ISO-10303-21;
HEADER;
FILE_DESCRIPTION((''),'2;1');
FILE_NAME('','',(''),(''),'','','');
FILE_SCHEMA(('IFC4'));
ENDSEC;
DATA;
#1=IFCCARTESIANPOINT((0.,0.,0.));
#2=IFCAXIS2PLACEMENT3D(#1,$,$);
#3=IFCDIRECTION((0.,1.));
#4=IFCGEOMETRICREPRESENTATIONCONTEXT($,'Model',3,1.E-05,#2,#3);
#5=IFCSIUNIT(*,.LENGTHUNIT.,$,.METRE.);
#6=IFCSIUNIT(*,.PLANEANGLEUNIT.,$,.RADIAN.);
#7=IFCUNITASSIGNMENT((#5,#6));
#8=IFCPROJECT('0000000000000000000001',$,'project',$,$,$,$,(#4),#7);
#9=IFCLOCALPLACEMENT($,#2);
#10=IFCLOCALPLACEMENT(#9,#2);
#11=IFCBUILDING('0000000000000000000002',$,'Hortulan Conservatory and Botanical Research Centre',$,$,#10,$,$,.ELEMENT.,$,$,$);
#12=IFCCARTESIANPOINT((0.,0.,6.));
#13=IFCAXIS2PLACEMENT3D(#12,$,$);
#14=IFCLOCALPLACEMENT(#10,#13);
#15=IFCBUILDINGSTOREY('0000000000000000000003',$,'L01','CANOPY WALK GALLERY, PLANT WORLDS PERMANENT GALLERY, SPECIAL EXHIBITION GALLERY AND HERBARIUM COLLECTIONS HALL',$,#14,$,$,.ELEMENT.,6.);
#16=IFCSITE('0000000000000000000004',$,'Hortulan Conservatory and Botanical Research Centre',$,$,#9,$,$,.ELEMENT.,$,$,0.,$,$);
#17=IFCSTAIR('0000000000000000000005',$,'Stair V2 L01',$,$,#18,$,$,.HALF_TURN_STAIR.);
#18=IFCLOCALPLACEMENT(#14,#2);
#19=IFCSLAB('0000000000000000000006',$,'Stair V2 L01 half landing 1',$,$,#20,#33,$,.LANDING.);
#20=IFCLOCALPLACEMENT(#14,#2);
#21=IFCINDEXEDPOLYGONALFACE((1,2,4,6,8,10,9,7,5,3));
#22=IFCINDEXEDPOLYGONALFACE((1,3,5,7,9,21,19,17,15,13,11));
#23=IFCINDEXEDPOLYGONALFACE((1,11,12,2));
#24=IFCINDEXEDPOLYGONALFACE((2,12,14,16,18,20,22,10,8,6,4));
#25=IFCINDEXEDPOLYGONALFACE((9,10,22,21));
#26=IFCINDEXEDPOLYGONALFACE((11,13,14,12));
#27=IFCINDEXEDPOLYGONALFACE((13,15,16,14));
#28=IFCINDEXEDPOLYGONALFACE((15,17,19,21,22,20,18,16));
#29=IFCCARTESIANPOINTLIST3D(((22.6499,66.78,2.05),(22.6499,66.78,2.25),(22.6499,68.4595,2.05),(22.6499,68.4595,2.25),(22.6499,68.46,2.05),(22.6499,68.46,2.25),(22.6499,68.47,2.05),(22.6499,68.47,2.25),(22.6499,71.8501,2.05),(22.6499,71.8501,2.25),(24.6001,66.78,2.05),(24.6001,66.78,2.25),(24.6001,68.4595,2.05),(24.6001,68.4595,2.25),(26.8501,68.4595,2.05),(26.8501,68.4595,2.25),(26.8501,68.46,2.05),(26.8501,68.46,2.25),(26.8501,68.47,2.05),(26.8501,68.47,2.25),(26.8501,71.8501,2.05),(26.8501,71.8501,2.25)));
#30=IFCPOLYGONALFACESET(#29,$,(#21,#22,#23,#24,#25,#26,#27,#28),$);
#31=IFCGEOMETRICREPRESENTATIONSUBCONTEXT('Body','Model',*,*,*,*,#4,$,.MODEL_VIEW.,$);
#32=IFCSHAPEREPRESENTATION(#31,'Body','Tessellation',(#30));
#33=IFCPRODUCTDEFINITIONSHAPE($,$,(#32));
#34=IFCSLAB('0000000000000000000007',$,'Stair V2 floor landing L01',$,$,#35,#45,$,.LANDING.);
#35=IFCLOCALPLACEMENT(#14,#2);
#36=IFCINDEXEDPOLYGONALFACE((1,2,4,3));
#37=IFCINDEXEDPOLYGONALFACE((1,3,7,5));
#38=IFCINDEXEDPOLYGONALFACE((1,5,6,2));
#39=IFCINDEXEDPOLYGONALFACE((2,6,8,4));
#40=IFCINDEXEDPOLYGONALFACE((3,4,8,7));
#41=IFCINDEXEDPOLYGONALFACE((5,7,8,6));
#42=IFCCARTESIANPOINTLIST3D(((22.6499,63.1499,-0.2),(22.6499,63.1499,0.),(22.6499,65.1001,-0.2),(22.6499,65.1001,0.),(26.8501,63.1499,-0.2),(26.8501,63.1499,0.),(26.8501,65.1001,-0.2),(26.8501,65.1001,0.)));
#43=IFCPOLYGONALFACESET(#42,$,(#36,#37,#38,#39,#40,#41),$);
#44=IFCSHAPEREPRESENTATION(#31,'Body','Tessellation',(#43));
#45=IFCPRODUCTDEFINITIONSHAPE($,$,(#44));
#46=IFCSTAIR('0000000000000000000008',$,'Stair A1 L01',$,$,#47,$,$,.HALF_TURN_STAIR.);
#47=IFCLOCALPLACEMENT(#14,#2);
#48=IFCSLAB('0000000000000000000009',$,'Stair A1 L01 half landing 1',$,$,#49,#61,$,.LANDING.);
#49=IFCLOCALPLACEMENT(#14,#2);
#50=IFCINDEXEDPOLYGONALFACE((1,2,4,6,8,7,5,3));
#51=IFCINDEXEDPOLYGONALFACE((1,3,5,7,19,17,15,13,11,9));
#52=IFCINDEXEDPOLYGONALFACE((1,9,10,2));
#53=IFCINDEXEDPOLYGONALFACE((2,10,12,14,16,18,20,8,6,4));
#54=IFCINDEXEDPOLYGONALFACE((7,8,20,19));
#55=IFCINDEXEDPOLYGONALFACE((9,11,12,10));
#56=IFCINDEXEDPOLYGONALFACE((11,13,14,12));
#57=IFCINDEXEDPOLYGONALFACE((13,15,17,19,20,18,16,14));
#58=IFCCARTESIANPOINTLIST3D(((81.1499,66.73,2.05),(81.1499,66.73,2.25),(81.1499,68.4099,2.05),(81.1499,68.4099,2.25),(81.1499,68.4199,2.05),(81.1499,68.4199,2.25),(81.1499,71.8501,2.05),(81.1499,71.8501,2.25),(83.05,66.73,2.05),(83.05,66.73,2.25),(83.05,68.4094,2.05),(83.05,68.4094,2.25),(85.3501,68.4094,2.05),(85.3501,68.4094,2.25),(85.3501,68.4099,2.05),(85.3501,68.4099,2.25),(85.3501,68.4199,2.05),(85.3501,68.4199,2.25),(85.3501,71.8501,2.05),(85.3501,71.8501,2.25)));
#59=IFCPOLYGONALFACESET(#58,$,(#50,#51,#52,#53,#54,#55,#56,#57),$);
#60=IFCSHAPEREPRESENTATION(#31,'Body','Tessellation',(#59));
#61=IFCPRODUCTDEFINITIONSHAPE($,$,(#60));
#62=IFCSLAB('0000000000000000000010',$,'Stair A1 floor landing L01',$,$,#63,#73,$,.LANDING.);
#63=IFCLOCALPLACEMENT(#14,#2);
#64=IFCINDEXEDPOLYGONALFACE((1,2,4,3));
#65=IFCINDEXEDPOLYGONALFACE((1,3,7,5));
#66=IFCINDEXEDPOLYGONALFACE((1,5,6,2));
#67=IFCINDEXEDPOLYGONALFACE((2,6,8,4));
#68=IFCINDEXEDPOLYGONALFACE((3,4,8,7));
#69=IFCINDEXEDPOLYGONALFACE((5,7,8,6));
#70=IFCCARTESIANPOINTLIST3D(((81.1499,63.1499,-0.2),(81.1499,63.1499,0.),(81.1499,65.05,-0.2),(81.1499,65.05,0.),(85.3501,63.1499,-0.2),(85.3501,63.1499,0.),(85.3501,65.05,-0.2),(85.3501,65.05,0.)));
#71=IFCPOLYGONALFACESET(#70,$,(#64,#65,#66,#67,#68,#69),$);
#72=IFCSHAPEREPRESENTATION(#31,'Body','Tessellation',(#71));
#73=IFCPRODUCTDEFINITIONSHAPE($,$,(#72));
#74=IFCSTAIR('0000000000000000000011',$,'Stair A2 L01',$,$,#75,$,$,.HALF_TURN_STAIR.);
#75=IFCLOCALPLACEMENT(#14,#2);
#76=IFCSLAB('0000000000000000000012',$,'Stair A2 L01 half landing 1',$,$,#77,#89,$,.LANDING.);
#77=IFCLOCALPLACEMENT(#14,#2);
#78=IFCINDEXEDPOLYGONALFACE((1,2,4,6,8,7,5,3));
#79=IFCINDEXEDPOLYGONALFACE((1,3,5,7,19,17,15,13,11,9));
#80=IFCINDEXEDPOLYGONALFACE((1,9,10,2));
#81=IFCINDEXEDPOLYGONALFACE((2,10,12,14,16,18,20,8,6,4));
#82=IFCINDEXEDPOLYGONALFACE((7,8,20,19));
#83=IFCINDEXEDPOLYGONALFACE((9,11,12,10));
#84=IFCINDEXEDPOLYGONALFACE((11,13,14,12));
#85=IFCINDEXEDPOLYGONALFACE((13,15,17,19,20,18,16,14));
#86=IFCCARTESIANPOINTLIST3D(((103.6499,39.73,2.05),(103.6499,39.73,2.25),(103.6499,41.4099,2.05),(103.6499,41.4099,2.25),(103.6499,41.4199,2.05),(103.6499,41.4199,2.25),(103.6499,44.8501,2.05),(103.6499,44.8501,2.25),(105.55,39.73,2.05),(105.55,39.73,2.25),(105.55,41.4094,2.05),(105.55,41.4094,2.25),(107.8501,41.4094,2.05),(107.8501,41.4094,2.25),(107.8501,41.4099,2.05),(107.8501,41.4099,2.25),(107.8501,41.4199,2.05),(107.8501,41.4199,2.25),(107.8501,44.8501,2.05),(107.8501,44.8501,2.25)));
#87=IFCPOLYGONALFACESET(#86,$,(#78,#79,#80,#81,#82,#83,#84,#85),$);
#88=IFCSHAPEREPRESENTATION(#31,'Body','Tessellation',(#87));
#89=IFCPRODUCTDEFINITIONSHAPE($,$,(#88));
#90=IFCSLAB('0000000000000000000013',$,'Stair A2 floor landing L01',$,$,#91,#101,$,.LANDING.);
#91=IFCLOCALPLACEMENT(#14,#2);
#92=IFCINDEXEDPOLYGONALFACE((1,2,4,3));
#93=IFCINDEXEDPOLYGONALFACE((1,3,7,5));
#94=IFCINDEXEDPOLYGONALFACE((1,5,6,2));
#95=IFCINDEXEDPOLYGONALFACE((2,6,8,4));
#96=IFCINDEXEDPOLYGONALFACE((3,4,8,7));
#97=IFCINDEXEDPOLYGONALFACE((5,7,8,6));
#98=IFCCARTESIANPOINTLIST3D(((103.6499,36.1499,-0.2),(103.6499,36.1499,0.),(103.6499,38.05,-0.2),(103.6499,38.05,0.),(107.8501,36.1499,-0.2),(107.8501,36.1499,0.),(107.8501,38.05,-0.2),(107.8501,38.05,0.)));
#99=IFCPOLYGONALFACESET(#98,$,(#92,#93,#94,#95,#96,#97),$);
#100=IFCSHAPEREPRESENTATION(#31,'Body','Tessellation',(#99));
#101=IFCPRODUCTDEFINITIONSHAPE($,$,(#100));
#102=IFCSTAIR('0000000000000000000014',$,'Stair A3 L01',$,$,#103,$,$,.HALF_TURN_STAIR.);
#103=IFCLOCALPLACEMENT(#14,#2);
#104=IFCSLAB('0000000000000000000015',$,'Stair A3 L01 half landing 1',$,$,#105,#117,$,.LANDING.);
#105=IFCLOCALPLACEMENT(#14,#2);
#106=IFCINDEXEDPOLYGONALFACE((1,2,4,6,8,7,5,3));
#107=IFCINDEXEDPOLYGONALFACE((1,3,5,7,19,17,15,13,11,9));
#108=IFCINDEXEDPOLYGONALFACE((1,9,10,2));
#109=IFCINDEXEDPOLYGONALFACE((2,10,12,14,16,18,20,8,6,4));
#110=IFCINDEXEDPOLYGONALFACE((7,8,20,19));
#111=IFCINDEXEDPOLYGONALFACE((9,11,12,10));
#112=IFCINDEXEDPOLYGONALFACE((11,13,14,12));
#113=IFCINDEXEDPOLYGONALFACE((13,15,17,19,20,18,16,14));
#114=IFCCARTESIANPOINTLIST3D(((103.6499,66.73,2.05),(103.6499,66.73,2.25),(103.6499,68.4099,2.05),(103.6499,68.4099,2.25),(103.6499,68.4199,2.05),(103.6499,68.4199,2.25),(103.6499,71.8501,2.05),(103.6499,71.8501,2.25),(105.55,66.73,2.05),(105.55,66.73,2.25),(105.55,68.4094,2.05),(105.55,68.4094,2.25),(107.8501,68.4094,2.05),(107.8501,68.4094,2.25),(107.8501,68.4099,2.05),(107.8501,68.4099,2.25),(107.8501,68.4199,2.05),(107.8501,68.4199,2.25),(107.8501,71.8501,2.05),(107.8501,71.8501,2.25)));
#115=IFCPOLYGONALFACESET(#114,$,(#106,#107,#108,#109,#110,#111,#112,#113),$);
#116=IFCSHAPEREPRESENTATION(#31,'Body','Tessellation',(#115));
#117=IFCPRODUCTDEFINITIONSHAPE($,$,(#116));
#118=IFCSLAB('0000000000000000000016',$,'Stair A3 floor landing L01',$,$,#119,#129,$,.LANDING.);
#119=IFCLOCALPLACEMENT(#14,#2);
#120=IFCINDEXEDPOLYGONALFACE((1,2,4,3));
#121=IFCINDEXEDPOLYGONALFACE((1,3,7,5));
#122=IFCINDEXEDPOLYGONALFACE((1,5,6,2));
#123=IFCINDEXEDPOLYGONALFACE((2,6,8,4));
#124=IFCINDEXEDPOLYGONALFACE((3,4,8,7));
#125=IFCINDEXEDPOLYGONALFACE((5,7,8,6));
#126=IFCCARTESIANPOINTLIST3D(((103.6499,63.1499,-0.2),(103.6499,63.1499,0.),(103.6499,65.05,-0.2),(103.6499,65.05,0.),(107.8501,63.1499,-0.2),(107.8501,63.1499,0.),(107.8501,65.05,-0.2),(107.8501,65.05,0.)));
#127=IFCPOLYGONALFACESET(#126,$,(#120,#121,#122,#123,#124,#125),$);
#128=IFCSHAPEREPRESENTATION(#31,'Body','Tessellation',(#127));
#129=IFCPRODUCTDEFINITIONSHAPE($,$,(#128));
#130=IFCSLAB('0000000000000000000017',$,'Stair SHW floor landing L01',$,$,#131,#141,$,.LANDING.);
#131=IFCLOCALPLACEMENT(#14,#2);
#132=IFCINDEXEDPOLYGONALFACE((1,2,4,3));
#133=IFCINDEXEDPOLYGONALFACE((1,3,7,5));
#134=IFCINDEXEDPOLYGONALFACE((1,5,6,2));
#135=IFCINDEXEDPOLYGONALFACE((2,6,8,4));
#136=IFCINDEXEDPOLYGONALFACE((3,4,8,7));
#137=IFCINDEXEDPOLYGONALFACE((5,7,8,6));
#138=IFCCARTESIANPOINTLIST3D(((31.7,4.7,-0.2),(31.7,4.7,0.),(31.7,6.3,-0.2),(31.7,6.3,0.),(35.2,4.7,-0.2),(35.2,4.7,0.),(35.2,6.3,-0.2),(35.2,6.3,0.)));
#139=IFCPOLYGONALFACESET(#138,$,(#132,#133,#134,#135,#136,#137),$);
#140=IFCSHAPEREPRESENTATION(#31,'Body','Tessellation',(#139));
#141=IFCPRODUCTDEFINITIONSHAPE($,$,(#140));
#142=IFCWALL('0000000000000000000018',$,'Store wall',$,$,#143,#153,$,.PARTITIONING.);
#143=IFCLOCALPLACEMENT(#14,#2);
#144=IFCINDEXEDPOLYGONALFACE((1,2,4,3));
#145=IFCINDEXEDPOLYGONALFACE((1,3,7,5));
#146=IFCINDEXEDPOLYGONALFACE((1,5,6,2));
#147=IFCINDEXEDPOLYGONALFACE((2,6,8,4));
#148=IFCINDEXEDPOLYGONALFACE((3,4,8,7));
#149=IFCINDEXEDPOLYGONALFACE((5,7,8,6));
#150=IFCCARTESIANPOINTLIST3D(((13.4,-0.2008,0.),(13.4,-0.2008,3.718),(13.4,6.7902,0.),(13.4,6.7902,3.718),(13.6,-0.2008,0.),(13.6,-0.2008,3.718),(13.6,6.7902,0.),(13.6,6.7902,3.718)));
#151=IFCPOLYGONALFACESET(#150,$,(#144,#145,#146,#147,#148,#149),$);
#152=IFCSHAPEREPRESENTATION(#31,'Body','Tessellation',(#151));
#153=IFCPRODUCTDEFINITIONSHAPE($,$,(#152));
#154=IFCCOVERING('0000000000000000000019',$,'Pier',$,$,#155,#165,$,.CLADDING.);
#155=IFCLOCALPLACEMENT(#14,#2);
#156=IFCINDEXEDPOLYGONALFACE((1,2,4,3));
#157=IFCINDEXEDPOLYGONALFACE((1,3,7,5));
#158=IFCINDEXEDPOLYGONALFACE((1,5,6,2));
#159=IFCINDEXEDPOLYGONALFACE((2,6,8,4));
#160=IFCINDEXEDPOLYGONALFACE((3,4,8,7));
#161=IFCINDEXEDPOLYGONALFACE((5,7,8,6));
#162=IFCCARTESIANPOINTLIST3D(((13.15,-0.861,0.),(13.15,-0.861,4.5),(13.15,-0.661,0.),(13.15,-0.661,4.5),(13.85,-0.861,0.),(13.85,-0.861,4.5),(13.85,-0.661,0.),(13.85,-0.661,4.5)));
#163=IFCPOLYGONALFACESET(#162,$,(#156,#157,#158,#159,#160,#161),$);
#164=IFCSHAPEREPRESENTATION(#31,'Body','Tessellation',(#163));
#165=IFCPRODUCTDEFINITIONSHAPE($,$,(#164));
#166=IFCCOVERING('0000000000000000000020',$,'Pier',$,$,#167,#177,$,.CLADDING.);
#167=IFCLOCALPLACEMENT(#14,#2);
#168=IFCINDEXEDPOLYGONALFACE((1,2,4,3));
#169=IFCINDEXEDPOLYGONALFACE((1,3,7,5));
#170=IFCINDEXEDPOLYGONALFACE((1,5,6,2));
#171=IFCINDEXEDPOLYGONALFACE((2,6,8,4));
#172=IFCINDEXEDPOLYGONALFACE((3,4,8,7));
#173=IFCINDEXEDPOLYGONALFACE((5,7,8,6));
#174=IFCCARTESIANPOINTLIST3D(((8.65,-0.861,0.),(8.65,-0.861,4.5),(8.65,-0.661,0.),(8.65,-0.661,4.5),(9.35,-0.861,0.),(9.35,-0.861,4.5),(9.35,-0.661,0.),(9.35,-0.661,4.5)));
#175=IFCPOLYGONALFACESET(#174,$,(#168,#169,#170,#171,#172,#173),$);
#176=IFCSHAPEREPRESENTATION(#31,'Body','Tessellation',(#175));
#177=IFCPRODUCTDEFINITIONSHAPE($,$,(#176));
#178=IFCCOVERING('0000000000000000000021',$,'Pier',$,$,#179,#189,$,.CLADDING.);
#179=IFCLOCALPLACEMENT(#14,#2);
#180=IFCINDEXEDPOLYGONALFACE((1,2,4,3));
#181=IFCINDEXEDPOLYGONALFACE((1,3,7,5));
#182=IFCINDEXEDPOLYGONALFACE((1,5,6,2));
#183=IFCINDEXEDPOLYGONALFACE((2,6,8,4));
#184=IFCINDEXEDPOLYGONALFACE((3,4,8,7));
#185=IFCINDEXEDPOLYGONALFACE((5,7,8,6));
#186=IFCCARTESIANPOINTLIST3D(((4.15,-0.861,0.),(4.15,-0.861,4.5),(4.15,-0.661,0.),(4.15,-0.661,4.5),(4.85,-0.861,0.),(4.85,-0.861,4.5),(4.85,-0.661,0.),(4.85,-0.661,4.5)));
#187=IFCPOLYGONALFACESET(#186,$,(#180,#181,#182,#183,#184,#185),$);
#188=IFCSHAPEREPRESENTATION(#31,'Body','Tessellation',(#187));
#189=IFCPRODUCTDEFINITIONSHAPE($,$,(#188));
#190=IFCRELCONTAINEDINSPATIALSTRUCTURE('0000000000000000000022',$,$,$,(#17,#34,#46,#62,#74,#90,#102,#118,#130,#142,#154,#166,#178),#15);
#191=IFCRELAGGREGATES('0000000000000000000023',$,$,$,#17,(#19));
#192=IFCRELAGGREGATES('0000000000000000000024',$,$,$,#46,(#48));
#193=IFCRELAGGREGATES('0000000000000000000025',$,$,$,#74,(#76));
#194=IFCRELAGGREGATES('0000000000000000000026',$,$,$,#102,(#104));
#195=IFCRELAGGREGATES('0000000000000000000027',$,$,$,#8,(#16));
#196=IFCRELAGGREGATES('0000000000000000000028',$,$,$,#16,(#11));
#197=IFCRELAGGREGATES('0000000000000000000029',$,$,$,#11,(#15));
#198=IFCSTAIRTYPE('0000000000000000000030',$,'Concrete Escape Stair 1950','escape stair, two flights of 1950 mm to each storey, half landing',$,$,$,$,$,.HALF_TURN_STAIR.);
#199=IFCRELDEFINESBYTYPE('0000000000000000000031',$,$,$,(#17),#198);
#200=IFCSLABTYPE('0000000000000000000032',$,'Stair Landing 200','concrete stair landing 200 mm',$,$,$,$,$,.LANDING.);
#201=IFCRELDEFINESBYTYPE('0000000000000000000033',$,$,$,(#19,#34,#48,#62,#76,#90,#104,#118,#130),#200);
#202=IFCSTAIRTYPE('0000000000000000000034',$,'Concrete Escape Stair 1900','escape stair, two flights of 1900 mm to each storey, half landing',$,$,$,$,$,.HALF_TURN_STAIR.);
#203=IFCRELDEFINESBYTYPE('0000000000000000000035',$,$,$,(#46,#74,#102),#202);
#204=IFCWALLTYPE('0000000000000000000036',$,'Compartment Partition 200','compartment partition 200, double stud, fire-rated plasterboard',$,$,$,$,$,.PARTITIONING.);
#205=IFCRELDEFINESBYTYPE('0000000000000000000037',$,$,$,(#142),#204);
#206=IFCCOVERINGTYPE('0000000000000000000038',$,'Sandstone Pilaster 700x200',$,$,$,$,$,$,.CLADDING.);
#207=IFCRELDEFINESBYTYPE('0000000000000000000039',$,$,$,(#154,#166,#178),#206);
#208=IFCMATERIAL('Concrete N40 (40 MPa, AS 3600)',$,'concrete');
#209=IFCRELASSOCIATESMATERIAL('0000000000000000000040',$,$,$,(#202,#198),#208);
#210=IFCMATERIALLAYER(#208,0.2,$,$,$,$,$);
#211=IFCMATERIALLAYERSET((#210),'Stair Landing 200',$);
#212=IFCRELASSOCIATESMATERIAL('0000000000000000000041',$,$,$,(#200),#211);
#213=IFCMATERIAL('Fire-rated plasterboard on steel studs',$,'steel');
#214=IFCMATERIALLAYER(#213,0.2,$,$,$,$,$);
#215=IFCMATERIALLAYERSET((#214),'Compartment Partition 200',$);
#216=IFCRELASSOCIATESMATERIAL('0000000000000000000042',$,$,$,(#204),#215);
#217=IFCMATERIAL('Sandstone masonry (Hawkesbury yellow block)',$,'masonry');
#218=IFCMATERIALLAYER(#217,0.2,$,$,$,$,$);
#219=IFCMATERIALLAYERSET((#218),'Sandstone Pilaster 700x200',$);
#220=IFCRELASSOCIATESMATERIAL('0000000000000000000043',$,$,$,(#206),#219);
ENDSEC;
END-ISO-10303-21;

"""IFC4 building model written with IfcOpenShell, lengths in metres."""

from ifc_helpers import new_model, si_unit, direction, frame, frame_2d, origin, origin_2d, place, context, subcontext, project, spatial, polyline, rectangle, outline, extrude, material, layer, layer_set, type_object, element, aggregate, save


model = new_model("IFC4")

# Units and contexts
model_context = context("Model", 3, precision=1e-05, world=origin(), true_north=direction((0.0, 1.0)))
body_context = subcontext(model_context, "Body", "Model", "MODEL_VIEW")
ifc_project = project(units=[si_unit("LENGTHUNIT", "METRE"), si_unit("PLANEANGLEUNIT", "RADIAN")], contexts=[model_context])

# Site, building, storey
site_placement = place(None, origin())
site = spatial("IfcSite", under=ifc_project, at=site_placement, Name="Hortulan Conservatory and Botanical Research Centre", CompositionType="ELEMENT", RefElevation=0.0)
building_placement = place(site_placement, origin())
building = spatial("IfcBuilding", under=site, at=building_placement, Name="Hortulan Conservatory and Botanical Research Centre", CompositionType="ELEMENT")
storey_placement = place(building_placement, frame((0.0, 0.0, 6.0)))
storey = spatial("IfcBuildingStorey", under=building, at=storey_placement, Name="L01", Description="CANOPY WALK GALLERY, PLANT WORLDS PERMANENT GALLERY, SPECIAL EXHIBITION GALLERY AND HERBARIUM COLLECTIONS HALL", CompositionType="ELEMENT", Elevation=6.0)

# Shared definitions
ifc_material_1 = material(Name="Concrete N40 (40 MPa, AS 3600)", Category="concrete")
stair_type_1 = type_object("IfcStairType", Name="Concrete Escape Stair 1900", Description="escape stair, two flights of 1900 mm to each storey, half landing", PredefinedType="HALF_TURN_STAIR", material=ifc_material_1)
ifc_layer_1 = layer(ifc_material_1, 0.2)
ifc_layer_set_1 = layer_set([ifc_layer_1], Name="Stair Landing 200")
slab_type_1 = type_object("IfcSlabType", Name="Stair Landing 200", Description="concrete stair landing 200 mm", PredefinedType="LANDING", material=ifc_layer_set_1)

# Shared definitions
stair_type_2 = type_object("IfcStairType", Name="Concrete Escape Stair 1950", Description="escape stair, two flights of 1950 mm to each storey, half landing", PredefinedType="HALF_TURN_STAIR", material=ifc_material_1)

# Stair, slab
stair_1_placement = place(storey_placement, origin())
stair_1 = element("IfcStair", 1, at=stair_1_placement, inside=storey, type_object=stair_type_2, Name="Stair V2 L01", PredefinedType="HALF_TURN_STAIR")
slab_1_placement = place(storey_placement, frame((0.0, 0.0, 2.05)))
slab_1 = element("IfcSlab", 2, at=slab_1_placement, type_object=slab_type_1, Name="Stair V2 L01 half landing 1", PredefinedType="LANDING", context=body_context, shape_type="SweptSolid", body=[
    extrude(outline(polyline([(26.8501, 68.4595), (24.6001, 68.4595), (24.6001, 66.78), (22.6499, 66.78), (22.6499, 68.4595), (22.6499, 68.46), (22.6499, 68.47), (22.6499, 71.8501), (26.8501, 71.8501), (26.8501, 68.47), (26.8501, 68.46), (26.8501, 68.4595)])), origin(), (0.0, 0.0, 1.0), 0.2),
])
aggregate(stair_1, [slab_1])

# Slab
slab_2_placement = place(storey_placement, frame((0.0, 0.0, -0.2)))
element("IfcSlab", 3, at=slab_2_placement, inside=storey, type_object=slab_type_1, Name="Stair V2 floor landing L01", PredefinedType="LANDING", context=body_context, shape_type="SweptSolid", body=[
    extrude(outline(polyline([(26.8501, 63.1499), (22.6499, 63.1499), (22.6499, 65.1001), (26.8501, 65.1001), (26.8501, 63.1499)])), origin(), (0.0, 0.0, 1.0), 0.2),
])

# Stair, slab
stair_2_placement = place(storey_placement, origin())
stair_2 = element("IfcStair", 4, at=stair_2_placement, inside=storey, type_object=stair_type_1, Name="Stair A1 L01", PredefinedType="HALF_TURN_STAIR")
slab_3_placement = place(storey_placement, frame((0.0, 0.0, 2.05)))
slab_3 = element("IfcSlab", 5, at=slab_3_placement, type_object=slab_type_1, Name="Stair A1 L01 half landing 1", PredefinedType="LANDING", context=body_context, shape_type="SweptSolid", body=[
    extrude(outline(polyline([(85.3501, 68.4094), (83.05, 68.4094), (83.05, 66.73), (81.1499, 66.73), (81.1499, 68.4099), (81.1499, 68.4099), (81.1499, 68.4199), (81.1499, 71.8501), (85.3501, 71.8501), (85.3501, 68.4199), (85.3501, 68.4099), (85.3501, 68.4094)])), origin(), (0.0, 0.0, 1.0), 0.2),
])
aggregate(stair_2, [slab_3])

# Slab
slab_4_placement = place(storey_placement, frame((0.0, 0.0, -0.2)))
element("IfcSlab", 6, at=slab_4_placement, inside=storey, type_object=slab_type_1, Name="Stair A1 floor landing L01", PredefinedType="LANDING", context=body_context, shape_type="SweptSolid", body=[
    extrude(outline(polyline([(85.3501, 63.1499), (81.1499, 63.1499), (81.1499, 65.05), (85.3501, 65.05), (85.3501, 63.1499)])), origin(), (0.0, 0.0, 1.0), 0.2),
])

# Stair, slab
stair_3_placement = place(storey_placement, origin())
stair_3 = element("IfcStair", 7, at=stair_3_placement, inside=storey, type_object=stair_type_1, Name="Stair A2 L01", PredefinedType="HALF_TURN_STAIR")
slab_5_placement = place(storey_placement, frame((0.0, 0.0, 2.05)))
slab_5 = element("IfcSlab", 8, at=slab_5_placement, type_object=slab_type_1, Name="Stair A2 L01 half landing 1", PredefinedType="LANDING", context=body_context, shape_type="SweptSolid", body=[
    extrude(outline(polyline([(107.8501, 41.4094), (105.55, 41.4094), (105.55, 39.73), (103.6499, 39.73), (103.6499, 41.4099), (103.6499, 41.4099), (103.6499, 41.4199), (103.6499, 44.8501), (107.8501, 44.8501), (107.8501, 41.4199), (107.8501, 41.4099), (107.8501, 41.4094)])), origin(), (0.0, 0.0, 1.0), 0.2),
])
aggregate(stair_3, [slab_5])

# Slab
slab_6_placement = place(storey_placement, frame((0.0, 0.0, -0.2)))
element("IfcSlab", 9, at=slab_6_placement, inside=storey, type_object=slab_type_1, Name="Stair A2 floor landing L01", PredefinedType="LANDING", context=body_context, shape_type="SweptSolid", body=[
    extrude(outline(polyline([(107.8501, 36.1499), (103.6499, 36.1499), (103.6499, 38.05), (107.8501, 38.05), (107.8501, 36.1499)])), origin(), (0.0, 0.0, 1.0), 0.2),
])

# Stair, slab
stair_4_placement = place(storey_placement, origin())
stair_4 = element("IfcStair", 10, at=stair_4_placement, inside=storey, type_object=stair_type_1, Name="Stair A3 L01", PredefinedType="HALF_TURN_STAIR")
slab_7_placement = place(storey_placement, frame((0.0, 0.0, 2.05)))
slab_7 = element("IfcSlab", 11, at=slab_7_placement, type_object=slab_type_1, Name="Stair A3 L01 half landing 1", PredefinedType="LANDING", context=body_context, shape_type="SweptSolid", body=[
    extrude(outline(polyline([(107.8501, 68.4094), (105.55, 68.4094), (105.55, 66.73), (103.6499, 66.73), (103.6499, 68.4099), (103.6499, 68.4099), (103.6499, 68.4199), (103.6499, 71.8501), (107.8501, 71.8501), (107.8501, 68.4199), (107.8501, 68.4099), (107.8501, 68.4094)])), origin(), (0.0, 0.0, 1.0), 0.2),
])
aggregate(stair_4, [slab_7])

# Slabs
slab_8_placement = place(storey_placement, frame((0.0, 0.0, -0.2)))
element("IfcSlab", 12, at=slab_8_placement, inside=storey, type_object=slab_type_1, Name="Stair A3 floor landing L01", PredefinedType="LANDING", context=body_context, shape_type="SweptSolid", body=[
    extrude(outline(polyline([(107.8501, 63.1499), (103.6499, 63.1499), (103.6499, 65.05), (107.8501, 65.05), (107.8501, 63.1499)])), origin(), (0.0, 0.0, 1.0), 0.2),
])
slab_9_placement = place(storey_placement, frame((0.0, 0.0, -0.2)))
element("IfcSlab", 13, at=slab_9_placement, inside=storey, type_object=slab_type_1, Name="Stair SHW floor landing L01", PredefinedType="LANDING", context=body_context, shape_type="SweptSolid", body=[
    extrude(outline(polyline([(31.7, 4.7), (31.7, 6.3), (35.2, 6.3), (35.2, 4.7), (31.7, 4.7)])), origin(), (0.0, 0.0, 1.0), 0.2),
])

# Wall
ifc_material_2 = material(Name="Fire-rated plasterboard on steel studs", Category="steel")
ifc_layer_2 = layer(ifc_material_2, 0.2)
ifc_layer_set_2 = layer_set([ifc_layer_2], Name="Compartment Partition 200")
wall_type = type_object("IfcWallType", Name="Compartment Partition 200", Description="compartment partition 200, double stud, fire-rated plasterboard", PredefinedType="PARTITIONING", material=ifc_layer_set_2)
wall_placement = place(storey_placement, frame((13.5, -0.2009, 0.0), z_axis=(0.0, 0.0, 1.0), x_axis=(0.0, 1.0, 0.0)))
element("IfcWall", 14, at=wall_placement, inside=storey, type_object=wall_type, Name="Store wall", PredefinedType="PARTITIONING", context=body_context, shape_type="SweptSolid", body=[
    extrude(rectangle(XDim=6.991, YDim=0.2, at=frame_2d((3.4956, 0.0))), origin(), (0.0, 0.0, 1.0), 3.718),
])

# Coverings
ifc_material_3 = material(Name="Sandstone masonry (Hawkesbury yellow block)", Category="masonry")
ifc_layer_3 = layer(ifc_material_3, 0.2)
ifc_layer_set_3 = layer_set([ifc_layer_3], Name="Sandstone Pilaster 700x200")
covering_type = type_object("IfcCoveringType", Name="Sandstone Pilaster 700x200", PredefinedType="CLADDING", material=ifc_layer_set_3)
for number, where, z_axis, x_axis, name in (
    (15, (13.5, -0.761, 0.0), (0.0, 0.0, 1.0), (-1.0, 0.0, 0.0), "Pier"),
    (16, (9.0, -0.761, 0.0), (0.0, 0.0, 1.0), (-1.0, 0.0, 0.0), "Pier"),
    (17, (4.5, -0.761, 0.0), (0.0, 0.0, 1.0), (-1.0, 0.0, 0.0), "Pier"),
):
    element("IfcCovering", number, at=place(storey_placement, frame(where, z_axis=z_axis, x_axis=x_axis)), inside=storey, type_object=covering_type, Name=name, PredefinedType="CLADDING", context=body_context, shape_type="SweptSolid", body=[
        extrude(rectangle(XDim=0.7, YDim=0.2, at=origin_2d()), origin(), (0.0, 0.0, 1.0), 4.5),
    ])

save(model, "model.ifc")
